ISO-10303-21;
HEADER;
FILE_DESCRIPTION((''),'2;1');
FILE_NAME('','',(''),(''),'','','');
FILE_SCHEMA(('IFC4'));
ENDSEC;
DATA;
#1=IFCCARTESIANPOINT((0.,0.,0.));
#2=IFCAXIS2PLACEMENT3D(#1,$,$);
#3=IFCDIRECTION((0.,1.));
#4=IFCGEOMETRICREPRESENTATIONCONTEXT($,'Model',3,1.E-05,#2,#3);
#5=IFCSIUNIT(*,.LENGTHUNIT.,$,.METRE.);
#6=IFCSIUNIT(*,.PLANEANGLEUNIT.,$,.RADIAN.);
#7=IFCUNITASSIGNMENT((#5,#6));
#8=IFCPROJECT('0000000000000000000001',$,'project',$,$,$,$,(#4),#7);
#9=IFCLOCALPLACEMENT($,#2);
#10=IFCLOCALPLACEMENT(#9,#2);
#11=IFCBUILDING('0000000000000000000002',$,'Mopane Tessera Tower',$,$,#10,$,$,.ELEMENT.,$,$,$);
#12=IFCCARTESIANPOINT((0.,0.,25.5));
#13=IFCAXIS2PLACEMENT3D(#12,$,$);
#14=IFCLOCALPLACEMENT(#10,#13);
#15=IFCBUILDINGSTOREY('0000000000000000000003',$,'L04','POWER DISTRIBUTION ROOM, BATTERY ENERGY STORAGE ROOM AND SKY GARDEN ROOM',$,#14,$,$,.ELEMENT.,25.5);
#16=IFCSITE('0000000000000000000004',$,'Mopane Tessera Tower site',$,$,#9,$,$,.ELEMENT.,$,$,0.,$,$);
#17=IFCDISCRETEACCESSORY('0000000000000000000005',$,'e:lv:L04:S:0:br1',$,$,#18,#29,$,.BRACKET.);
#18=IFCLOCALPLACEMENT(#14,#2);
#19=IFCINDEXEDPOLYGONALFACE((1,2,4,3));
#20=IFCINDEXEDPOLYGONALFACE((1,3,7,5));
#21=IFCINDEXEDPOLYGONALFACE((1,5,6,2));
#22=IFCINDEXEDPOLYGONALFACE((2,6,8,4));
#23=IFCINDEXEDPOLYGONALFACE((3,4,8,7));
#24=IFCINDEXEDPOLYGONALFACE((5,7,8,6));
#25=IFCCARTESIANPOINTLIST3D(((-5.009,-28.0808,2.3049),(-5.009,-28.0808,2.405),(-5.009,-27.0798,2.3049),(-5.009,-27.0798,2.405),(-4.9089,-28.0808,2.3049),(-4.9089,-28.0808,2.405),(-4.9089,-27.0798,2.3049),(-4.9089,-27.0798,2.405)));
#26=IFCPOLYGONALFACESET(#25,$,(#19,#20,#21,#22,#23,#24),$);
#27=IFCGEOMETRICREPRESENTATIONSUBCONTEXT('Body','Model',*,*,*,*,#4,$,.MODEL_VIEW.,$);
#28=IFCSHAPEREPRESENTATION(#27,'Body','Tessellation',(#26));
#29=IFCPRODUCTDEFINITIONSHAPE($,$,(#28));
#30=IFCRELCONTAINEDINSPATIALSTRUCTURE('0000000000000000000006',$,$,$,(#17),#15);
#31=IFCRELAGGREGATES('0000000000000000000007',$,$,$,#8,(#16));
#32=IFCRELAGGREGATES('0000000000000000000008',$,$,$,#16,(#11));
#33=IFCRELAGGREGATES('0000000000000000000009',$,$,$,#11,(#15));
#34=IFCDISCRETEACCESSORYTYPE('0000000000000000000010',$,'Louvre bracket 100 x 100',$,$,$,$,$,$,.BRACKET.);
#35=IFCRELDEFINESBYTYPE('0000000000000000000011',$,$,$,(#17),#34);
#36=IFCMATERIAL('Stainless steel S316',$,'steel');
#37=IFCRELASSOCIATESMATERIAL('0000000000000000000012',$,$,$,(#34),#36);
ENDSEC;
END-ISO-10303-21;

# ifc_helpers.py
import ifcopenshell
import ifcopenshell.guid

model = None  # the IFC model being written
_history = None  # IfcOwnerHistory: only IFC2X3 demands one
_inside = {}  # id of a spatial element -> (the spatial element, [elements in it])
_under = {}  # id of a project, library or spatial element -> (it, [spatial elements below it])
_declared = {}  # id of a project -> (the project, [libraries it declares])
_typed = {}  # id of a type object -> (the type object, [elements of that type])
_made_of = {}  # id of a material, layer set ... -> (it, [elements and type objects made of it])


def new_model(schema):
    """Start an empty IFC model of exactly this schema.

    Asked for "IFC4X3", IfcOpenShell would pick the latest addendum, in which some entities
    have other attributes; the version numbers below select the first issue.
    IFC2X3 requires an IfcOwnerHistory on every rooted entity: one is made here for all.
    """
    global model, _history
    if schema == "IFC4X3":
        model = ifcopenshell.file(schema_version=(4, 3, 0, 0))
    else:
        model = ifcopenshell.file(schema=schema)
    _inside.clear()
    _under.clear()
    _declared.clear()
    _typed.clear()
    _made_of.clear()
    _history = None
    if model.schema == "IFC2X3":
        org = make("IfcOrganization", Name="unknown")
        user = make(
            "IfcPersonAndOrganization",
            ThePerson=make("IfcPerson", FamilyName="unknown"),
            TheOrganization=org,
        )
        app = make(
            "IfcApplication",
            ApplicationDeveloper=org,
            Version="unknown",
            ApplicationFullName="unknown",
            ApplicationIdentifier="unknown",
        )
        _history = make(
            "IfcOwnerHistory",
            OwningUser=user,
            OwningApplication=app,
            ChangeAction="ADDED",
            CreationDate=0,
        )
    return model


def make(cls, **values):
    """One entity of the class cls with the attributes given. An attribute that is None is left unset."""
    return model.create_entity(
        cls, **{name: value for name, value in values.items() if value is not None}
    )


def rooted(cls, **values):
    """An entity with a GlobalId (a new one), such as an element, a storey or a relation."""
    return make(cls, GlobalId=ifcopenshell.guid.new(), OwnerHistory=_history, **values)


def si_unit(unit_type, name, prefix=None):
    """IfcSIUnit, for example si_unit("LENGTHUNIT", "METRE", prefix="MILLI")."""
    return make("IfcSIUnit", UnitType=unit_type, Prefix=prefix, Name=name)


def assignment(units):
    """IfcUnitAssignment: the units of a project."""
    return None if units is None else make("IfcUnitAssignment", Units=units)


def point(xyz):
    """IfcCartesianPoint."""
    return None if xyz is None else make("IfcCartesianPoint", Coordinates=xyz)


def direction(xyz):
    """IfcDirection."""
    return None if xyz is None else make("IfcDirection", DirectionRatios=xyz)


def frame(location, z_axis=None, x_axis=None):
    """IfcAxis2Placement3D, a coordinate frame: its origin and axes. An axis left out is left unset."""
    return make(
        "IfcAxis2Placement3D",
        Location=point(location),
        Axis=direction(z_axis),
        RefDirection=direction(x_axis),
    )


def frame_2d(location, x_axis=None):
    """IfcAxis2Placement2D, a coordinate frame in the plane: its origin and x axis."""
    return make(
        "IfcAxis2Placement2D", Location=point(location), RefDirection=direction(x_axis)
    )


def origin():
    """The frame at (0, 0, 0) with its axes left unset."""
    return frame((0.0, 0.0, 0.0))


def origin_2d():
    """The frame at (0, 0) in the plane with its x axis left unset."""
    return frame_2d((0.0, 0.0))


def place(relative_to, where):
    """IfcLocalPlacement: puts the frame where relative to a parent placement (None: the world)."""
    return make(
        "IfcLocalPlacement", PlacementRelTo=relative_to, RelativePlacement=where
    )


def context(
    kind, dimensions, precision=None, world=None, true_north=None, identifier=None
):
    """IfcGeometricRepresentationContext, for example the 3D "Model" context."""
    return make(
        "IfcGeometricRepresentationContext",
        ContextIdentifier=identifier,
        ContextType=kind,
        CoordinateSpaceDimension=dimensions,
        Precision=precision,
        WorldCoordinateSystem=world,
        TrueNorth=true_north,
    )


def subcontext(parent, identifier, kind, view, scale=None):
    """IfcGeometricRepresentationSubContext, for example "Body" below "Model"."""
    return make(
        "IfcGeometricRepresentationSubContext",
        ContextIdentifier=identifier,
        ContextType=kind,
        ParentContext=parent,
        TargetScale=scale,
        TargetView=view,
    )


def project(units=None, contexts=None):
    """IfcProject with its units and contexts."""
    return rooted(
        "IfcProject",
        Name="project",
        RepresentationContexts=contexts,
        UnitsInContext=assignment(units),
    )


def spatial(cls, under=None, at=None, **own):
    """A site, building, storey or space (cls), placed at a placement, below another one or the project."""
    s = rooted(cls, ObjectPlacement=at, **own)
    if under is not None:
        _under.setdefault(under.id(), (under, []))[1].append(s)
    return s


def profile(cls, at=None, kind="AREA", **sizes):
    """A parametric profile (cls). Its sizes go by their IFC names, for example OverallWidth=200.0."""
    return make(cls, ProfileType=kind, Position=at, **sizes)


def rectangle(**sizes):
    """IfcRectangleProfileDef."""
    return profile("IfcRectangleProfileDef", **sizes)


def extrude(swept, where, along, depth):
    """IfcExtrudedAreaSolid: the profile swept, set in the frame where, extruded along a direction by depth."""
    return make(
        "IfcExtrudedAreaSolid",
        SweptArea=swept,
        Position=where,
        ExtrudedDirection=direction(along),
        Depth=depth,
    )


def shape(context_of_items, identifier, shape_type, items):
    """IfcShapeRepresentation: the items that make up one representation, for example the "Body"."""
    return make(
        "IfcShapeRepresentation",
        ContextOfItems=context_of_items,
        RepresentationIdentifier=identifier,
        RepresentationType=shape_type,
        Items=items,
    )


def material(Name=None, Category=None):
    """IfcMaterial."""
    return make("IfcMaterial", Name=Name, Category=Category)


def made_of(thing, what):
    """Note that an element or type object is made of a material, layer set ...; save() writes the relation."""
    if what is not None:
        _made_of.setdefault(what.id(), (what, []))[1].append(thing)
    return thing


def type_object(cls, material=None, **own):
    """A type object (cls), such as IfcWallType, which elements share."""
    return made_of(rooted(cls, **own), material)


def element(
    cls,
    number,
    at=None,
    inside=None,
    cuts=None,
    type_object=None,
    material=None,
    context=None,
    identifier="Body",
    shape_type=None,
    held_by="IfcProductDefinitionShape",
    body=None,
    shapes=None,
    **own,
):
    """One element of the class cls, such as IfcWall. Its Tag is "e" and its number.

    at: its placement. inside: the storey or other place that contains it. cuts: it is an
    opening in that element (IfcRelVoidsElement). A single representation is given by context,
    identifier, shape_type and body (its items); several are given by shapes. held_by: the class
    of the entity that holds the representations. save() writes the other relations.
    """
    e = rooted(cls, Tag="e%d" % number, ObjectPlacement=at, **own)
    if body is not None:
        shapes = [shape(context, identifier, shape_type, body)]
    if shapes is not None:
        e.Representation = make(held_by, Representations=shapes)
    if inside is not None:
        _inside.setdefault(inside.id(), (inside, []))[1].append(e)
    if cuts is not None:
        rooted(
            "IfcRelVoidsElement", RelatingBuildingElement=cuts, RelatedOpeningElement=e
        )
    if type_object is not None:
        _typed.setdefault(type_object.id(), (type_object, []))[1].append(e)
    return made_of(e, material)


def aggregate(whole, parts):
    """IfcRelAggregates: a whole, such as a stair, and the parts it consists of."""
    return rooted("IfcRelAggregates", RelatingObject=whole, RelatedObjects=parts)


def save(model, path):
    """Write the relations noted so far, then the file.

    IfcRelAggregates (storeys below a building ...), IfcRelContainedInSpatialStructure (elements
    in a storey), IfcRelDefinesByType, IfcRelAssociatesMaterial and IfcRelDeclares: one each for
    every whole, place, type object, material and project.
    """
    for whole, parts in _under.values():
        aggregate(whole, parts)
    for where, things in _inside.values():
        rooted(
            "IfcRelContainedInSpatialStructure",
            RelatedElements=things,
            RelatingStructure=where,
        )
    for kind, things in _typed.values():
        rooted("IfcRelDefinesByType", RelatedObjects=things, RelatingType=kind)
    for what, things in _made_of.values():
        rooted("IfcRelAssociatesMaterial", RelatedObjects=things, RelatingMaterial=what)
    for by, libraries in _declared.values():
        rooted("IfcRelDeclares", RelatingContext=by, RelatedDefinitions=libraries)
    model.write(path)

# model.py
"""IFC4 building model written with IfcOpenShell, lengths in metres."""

from ifc_helpers import new_model, si_unit, direction, frame, origin, origin_2d, place, context, subcontext, project, spatial, rectangle, extrude, material, type_object, element, save


model = new_model("IFC4")

# Units and contexts
model_context = context("Model", 3, precision=1e-05, world=origin(), true_north=direction((0.0, 1.0)))
body_context = subcontext(model_context, "Body", "Model", "MODEL_VIEW")
ifc_project = project(units=[si_unit("LENGTHUNIT", "METRE"), si_unit("PLANEANGLEUNIT", "RADIAN")], contexts=[model_context])

# Site, building, storey
site_placement = place(None, origin())
site = spatial("IfcSite", under=ifc_project, at=site_placement, Name="Mopane Tessera Tower site", CompositionType="ELEMENT", RefElevation=0.0)
building_placement = place(site_placement, origin())
building = spatial("IfcBuilding", under=site, at=building_placement, Name="Mopane Tessera Tower", CompositionType="ELEMENT")
storey_placement = place(building_placement, frame((0.0, 0.0, 25.5)))
storey = spatial("IfcBuildingStorey", under=building, at=storey_placement, Name="L04", Description="POWER DISTRIBUTION ROOM, BATTERY ENERGY STORAGE ROOM AND SKY GARDEN ROOM", CompositionType="ELEMENT", Elevation=25.5)

# Discrete accessory
ifc_material_1 = material(Name="Stainless steel S316", Category="steel")
discrete_accessory_type = type_object("IfcDiscreteAccessoryType", Name="Louvre bracket 100 x 100", PredefinedType="BRACKET", material=ifc_material_1)
discrete_accessory_placement = place(storey_placement, frame((-4.959, -27.5803, 2.3049), z_axis=(0.0, 0.0, 1.0), x_axis=(0.0, -1.0, 0.0)))
element("IfcDiscreteAccessory", 1, at=discrete_accessory_placement, inside=storey, type_object=discrete_accessory_type, Name="e:lv:L04:S:0:br1", PredefinedType="BRACKET", context=body_context, shape_type="SweptSolid", body=[
    extrude(rectangle(XDim=1.001, YDim=0.1001, at=origin_2d()), origin(), (0.0, 0.0, 1.0), 0.1001),
])

save(model, "model.ifc")
